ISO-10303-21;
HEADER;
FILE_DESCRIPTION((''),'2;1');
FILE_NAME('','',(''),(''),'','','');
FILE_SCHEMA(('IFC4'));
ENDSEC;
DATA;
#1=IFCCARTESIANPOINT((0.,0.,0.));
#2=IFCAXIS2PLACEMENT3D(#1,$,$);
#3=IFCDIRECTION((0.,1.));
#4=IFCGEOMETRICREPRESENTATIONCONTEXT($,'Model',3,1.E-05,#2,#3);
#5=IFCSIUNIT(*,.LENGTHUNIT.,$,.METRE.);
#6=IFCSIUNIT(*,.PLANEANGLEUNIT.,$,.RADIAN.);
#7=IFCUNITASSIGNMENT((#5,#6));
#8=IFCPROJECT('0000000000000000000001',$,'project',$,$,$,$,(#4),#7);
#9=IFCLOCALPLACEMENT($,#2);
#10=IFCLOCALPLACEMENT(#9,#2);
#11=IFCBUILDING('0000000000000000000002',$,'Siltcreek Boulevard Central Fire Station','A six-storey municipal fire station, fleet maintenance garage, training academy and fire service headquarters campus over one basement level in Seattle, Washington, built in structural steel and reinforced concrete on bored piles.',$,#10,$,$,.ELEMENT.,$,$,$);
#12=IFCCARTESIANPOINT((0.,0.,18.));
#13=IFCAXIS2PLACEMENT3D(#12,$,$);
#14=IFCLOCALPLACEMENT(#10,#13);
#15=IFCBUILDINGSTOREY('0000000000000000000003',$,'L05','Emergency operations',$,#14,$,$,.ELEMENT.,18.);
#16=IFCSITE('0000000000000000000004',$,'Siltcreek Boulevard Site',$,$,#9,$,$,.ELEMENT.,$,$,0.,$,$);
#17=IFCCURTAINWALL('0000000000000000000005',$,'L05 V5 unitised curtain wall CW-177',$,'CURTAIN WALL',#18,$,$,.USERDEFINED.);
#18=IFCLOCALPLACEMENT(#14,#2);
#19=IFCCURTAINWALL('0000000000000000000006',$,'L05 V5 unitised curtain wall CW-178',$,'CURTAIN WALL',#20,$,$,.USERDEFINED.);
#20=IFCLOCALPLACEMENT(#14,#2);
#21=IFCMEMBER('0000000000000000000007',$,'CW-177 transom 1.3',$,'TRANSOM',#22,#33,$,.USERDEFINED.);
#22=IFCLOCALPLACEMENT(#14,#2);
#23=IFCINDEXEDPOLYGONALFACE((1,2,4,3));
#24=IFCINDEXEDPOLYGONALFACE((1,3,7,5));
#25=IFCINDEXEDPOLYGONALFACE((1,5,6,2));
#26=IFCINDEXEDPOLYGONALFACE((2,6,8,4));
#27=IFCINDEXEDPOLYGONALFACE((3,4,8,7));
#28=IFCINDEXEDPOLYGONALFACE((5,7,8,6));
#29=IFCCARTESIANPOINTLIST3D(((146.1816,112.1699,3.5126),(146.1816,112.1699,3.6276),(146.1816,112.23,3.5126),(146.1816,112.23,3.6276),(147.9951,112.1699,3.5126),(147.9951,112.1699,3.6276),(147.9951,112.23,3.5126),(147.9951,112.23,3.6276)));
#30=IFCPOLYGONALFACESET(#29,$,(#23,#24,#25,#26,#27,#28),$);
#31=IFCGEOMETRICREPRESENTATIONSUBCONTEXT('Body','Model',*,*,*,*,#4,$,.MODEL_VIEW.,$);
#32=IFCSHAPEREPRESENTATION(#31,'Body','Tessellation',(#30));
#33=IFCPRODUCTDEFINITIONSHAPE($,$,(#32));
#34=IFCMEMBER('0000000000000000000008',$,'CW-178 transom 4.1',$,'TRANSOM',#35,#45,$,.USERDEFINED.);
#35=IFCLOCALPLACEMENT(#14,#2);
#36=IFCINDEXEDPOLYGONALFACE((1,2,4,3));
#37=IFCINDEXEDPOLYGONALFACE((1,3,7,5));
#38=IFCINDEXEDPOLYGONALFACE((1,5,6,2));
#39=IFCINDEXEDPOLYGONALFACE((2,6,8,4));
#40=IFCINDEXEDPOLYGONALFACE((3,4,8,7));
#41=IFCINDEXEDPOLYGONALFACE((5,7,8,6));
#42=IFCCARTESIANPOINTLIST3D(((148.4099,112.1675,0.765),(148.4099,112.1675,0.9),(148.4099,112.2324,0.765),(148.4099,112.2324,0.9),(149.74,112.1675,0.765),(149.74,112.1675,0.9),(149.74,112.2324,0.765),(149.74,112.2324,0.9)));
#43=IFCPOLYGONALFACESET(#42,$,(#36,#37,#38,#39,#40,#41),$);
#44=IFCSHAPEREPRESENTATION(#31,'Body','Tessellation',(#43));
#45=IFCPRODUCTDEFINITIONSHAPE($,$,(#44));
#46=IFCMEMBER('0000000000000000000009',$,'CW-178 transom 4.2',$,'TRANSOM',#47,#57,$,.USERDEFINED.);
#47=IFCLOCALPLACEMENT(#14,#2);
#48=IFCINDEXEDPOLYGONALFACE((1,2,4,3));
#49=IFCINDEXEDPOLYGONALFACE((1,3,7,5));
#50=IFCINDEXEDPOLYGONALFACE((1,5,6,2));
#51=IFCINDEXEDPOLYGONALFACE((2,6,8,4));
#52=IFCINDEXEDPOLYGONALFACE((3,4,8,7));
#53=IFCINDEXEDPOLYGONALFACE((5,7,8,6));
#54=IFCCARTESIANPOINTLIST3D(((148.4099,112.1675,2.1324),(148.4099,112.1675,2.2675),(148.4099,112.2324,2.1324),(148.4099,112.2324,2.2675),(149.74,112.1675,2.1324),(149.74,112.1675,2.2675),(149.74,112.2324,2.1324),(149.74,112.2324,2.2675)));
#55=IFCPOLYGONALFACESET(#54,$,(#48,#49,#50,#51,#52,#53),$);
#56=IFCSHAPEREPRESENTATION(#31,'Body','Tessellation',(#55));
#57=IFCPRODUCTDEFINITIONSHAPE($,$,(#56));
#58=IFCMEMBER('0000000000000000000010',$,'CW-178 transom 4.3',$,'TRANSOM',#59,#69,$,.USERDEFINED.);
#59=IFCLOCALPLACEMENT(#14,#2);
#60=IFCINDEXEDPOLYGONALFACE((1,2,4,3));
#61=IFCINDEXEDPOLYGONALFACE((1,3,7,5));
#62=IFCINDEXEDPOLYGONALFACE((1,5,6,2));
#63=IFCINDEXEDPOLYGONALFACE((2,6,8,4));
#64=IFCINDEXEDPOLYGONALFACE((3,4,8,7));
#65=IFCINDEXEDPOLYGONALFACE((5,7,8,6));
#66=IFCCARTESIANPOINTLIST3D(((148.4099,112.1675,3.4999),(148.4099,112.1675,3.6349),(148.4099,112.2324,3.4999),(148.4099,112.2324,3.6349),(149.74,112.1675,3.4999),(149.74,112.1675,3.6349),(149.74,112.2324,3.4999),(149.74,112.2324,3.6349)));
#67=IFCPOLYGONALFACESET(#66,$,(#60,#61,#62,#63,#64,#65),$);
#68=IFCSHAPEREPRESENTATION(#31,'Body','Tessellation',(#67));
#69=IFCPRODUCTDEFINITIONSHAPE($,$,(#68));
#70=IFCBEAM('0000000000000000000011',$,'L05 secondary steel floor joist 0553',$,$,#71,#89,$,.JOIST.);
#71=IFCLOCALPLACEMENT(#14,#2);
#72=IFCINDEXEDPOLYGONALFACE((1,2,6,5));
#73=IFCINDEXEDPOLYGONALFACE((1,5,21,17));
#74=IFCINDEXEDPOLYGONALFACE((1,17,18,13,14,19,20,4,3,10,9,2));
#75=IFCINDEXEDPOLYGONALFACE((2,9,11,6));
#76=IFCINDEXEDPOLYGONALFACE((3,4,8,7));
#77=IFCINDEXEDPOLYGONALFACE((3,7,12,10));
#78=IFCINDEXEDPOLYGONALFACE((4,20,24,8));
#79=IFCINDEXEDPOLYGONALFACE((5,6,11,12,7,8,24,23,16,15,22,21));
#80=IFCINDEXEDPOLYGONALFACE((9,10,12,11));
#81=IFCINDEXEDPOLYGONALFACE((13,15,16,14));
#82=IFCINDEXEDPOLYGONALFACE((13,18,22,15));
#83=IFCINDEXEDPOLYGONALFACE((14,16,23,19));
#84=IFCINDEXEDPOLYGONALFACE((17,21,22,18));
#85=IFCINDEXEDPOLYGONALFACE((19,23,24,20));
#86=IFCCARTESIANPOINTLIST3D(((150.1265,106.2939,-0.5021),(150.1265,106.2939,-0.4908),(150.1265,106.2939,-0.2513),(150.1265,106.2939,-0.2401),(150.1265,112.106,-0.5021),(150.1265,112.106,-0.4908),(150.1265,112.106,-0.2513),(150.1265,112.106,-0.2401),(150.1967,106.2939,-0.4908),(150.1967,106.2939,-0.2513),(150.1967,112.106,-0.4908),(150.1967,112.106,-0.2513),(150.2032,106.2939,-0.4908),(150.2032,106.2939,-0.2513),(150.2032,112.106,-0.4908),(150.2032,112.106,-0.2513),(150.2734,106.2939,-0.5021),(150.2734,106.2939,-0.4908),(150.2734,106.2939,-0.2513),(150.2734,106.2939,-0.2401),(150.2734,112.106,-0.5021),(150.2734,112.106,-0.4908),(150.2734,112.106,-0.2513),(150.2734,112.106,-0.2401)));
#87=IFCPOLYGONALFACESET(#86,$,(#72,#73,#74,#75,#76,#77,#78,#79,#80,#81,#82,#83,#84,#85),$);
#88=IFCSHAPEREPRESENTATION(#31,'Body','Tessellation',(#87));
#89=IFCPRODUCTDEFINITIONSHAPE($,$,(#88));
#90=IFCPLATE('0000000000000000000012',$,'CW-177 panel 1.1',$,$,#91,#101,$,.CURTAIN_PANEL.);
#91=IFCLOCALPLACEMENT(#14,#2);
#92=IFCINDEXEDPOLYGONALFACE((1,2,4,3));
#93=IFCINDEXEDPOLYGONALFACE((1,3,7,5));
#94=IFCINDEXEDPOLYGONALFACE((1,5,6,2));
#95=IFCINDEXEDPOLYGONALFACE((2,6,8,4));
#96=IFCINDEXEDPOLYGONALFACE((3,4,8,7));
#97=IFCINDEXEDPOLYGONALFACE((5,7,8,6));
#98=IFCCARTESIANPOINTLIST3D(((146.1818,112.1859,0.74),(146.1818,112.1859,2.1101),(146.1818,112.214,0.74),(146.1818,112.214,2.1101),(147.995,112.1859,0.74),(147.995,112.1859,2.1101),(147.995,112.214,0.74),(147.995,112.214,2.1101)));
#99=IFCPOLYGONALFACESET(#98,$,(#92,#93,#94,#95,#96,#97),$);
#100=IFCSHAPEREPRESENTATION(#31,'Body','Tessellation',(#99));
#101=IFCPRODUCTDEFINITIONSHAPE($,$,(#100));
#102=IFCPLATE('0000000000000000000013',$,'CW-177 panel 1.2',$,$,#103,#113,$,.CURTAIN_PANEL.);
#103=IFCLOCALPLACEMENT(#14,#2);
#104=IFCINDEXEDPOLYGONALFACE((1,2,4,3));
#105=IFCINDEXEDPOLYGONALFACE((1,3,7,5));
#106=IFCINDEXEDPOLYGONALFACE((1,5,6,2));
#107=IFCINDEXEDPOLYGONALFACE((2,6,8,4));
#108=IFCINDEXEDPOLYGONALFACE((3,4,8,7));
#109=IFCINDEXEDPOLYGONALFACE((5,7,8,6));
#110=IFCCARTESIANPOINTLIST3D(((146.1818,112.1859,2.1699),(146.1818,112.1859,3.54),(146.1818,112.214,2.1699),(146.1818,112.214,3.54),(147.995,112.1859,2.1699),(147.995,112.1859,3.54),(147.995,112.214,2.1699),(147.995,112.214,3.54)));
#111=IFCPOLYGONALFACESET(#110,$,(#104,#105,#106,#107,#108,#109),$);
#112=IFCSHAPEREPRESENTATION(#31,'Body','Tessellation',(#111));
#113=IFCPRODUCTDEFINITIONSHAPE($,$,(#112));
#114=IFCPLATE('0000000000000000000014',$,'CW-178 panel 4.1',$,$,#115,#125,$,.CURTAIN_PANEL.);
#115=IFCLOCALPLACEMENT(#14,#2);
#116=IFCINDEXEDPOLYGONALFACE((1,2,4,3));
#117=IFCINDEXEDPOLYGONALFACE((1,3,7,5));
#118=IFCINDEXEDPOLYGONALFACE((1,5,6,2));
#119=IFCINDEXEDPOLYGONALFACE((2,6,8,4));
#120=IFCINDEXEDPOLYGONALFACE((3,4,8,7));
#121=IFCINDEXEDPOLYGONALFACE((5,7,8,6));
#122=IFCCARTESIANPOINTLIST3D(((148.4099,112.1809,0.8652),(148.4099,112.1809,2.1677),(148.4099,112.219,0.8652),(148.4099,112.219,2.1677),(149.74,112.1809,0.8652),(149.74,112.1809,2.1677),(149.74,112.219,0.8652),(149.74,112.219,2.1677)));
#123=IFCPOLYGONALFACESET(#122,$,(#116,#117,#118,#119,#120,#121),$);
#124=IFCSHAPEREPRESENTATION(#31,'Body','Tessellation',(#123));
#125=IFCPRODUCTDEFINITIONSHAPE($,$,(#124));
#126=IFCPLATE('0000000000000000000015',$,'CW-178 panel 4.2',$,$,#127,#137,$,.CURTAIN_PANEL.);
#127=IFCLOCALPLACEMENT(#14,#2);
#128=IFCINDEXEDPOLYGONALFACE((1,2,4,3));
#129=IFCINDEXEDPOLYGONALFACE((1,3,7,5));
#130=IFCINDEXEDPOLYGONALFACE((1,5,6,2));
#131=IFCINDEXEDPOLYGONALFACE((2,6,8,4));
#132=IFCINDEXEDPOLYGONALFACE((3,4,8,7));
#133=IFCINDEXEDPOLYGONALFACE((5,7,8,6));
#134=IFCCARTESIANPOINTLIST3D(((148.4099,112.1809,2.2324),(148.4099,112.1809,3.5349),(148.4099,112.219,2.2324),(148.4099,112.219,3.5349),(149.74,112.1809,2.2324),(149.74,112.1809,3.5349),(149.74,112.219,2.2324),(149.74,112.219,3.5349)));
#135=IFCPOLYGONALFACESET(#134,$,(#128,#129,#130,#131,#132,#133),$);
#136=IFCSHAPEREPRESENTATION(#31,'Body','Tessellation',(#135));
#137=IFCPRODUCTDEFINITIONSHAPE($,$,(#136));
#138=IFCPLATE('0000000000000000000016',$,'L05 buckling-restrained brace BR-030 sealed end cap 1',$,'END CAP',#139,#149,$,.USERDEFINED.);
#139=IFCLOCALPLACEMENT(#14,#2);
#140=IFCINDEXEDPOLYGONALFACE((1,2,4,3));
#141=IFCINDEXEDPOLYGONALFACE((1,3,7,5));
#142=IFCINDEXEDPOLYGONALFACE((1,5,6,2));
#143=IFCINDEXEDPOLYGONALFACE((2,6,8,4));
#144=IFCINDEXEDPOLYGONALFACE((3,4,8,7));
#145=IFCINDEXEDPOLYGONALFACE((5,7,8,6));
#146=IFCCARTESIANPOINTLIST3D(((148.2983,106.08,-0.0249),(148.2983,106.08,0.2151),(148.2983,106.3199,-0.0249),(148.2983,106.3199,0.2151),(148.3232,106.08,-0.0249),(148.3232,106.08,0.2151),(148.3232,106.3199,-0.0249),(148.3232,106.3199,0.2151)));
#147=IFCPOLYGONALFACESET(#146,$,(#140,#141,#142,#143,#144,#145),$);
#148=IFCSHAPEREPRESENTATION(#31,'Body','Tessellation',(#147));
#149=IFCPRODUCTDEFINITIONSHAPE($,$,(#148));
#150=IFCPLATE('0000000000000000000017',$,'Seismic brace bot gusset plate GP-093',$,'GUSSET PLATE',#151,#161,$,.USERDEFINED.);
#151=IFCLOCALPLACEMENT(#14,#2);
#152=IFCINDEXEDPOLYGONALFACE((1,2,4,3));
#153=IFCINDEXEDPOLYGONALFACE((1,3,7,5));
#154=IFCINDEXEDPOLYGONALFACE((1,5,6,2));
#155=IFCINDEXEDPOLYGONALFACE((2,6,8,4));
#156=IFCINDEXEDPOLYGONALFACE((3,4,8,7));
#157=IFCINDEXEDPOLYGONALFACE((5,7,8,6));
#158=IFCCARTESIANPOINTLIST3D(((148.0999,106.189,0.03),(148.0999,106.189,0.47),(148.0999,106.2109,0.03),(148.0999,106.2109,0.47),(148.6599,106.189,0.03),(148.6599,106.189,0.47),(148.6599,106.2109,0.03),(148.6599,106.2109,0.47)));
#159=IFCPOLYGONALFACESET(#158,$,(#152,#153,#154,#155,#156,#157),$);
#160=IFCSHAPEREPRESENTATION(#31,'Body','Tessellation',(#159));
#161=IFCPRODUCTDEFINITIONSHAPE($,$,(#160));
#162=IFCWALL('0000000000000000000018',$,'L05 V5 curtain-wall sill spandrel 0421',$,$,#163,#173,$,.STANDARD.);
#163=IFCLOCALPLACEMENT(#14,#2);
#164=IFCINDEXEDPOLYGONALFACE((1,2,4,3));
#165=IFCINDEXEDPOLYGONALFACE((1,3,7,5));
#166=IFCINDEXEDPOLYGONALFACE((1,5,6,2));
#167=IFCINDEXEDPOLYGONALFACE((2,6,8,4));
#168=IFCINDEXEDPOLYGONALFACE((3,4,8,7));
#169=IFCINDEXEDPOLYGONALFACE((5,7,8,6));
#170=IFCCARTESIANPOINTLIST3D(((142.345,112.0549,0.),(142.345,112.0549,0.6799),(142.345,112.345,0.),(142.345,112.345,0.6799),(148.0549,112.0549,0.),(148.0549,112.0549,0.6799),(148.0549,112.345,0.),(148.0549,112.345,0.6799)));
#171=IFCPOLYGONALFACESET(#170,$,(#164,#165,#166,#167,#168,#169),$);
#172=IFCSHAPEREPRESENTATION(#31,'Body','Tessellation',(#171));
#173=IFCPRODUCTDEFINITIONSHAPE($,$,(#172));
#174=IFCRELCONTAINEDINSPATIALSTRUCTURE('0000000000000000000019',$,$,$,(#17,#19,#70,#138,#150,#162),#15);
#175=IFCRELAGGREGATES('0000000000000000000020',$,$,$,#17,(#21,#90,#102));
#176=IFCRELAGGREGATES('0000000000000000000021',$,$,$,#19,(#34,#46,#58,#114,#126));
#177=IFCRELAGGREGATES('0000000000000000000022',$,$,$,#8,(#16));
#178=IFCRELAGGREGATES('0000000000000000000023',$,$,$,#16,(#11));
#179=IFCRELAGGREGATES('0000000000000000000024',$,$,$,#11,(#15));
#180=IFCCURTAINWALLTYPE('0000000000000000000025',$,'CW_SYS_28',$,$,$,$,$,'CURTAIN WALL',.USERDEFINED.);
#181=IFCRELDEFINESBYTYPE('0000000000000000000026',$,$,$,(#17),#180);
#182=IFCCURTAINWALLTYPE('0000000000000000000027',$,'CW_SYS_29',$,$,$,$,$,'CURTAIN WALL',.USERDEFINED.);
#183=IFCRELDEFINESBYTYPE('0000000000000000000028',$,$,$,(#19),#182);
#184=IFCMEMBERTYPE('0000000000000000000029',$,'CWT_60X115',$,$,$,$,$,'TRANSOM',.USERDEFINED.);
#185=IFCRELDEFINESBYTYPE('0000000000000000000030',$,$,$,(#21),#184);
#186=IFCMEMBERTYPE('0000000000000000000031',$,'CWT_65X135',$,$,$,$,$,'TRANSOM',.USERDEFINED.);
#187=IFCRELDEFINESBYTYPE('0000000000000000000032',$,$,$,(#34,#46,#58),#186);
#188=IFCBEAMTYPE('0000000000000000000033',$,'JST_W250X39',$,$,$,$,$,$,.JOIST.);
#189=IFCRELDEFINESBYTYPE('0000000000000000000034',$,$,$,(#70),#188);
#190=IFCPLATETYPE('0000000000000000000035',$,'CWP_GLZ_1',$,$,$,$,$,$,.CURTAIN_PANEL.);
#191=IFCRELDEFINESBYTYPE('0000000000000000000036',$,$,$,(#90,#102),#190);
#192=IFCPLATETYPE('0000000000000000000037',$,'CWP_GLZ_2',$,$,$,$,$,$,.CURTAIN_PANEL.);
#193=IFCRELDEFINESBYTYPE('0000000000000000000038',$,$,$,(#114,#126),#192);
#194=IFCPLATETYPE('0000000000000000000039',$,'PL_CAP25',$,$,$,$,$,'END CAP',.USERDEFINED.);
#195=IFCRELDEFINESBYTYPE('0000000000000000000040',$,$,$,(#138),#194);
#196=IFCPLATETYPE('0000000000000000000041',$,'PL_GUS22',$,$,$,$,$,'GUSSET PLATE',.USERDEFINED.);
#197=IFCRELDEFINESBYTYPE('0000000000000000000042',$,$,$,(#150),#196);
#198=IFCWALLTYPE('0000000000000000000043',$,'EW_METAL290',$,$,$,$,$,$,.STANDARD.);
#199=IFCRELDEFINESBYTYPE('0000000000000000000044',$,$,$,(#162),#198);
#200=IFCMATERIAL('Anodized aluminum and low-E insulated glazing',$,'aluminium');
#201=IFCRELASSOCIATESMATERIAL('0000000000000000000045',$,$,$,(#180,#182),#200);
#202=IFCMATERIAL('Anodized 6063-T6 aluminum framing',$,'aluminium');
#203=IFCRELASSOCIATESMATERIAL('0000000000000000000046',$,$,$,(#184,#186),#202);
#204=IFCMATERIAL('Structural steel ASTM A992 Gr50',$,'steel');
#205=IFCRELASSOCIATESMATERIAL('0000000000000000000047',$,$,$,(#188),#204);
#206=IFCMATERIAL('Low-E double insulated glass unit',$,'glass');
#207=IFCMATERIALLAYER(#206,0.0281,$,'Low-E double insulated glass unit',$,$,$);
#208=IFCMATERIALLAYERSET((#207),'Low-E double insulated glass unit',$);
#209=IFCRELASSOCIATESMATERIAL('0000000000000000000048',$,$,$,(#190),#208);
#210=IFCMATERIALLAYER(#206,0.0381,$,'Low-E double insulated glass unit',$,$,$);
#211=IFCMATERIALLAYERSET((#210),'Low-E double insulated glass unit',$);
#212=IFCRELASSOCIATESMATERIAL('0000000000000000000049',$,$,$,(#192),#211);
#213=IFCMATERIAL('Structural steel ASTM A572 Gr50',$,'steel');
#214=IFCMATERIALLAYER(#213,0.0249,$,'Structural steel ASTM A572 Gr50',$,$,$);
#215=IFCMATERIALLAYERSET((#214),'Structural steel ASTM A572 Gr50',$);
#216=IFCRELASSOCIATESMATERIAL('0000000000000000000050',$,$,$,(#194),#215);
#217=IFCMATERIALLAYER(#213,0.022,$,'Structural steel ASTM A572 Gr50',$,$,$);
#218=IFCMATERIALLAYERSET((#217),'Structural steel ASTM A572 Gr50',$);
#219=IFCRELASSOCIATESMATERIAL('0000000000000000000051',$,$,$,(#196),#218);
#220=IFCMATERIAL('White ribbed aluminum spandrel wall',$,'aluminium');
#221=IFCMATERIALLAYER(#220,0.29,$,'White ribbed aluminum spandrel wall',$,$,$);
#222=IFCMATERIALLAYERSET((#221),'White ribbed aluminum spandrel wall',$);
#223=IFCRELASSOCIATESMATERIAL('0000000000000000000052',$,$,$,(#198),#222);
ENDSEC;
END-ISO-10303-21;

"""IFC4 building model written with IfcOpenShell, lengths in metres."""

from ifc_helpers import new_model, si_unit, direction, frame, frame_2d, origin, origin_2d, place, context, subcontext, project, spatial, rectangle, i_section, extrude, material, layer, layer_set, material_profile, profile_set, type_object, element, aggregate, save


model = new_model("IFC4")

# Units and contexts
model_context = context("Model", 3, precision=1e-05, world=origin(), true_north=direction((0.0, 1.0)))
body_context = subcontext(model_context, "Body", "Model", "MODEL_VIEW")
ifc_project = project(units=[si_unit("LENGTHUNIT", "METRE"), si_unit("PLANEANGLEUNIT", "RADIAN")], contexts=[model_context])

# Site, building, storey
site_placement = place(None, origin())
site = spatial("IfcSite", under=ifc_project, at=site_placement, Name="Siltcreek Boulevard Site", CompositionType="ELEMENT", RefElevation=0.0)
building_placement = place(site_placement, origin())
building = spatial("IfcBuilding", under=site, at=building_placement, Name="Siltcreek Boulevard Central Fire Station", Description="A six-storey municipal fire station, fleet maintenance garage, training academy and fire service headquarters campus over one basement level in Seattle, Washington, built in structural steel and reinforced concrete on bored piles.", CompositionType="ELEMENT")
storey_placement = place(building_placement, frame((0.0, 0.0, 18.0)))
storey = spatial("IfcBuildingStorey", under=building, at=storey_placement, Name="L05", Description="Emergency operations", CompositionType="ELEMENT", Elevation=18.0)

# Shared definitions
ifc_material_1 = material(Name="Structural steel ASTM A992 Gr50", Category="steel")

# Curtain wall
ifc_material_2 = material(Name="Anodized aluminum and low-E insulated glazing", Category="aluminium")
curtain_wall_type_1 = type_object("IfcCurtainWallType", Name="CW_SYS_28", ElementType="CURTAIN WALL", PredefinedType="USERDEFINED", material=ifc_material_2)
curtain_wall_1_placement = place(storey_placement, origin())
curtain_wall_1 = element("IfcCurtainWall", 1, at=curtain_wall_1_placement, inside=storey, type_object=curtain_wall_type_1, Name="L05 V5 unitised curtain wall CW-177", ObjectType="CURTAIN WALL", PredefinedType="USERDEFINED")
ifc_material_3 = material(Name="Anodized 6063-T6 aluminum framing", Category="aluminium")

# Curtain wall
curtain_wall_type_2 = type_object("IfcCurtainWallType", Name="CW_SYS_29", ElementType="CURTAIN WALL", PredefinedType="USERDEFINED", material=ifc_material_2)
curtain_wall_2_placement = place(storey_placement, origin())
curtain_wall_2 = element("IfcCurtainWall", 2, at=curtain_wall_2_placement, inside=storey, type_object=curtain_wall_type_2, Name="L05 V5 unitised curtain wall CW-178", ObjectType="CURTAIN WALL", PredefinedType="USERDEFINED")

# Members
ifc_material_profile_1 = material_profile(ifc_material_3, rectangle(XDim=0.0601, YDim=0.115, at=origin_2d()), Name="TRAN60X115")
ifc_profile_set_1 = profile_set([ifc_material_profile_1], Name="Anodized 6063-T6 aluminum framing")
member_type_1 = type_object("IfcMemberType", Name="CWT_60X115", ElementType="TRANSOM", PredefinedType="USERDEFINED", material=ifc_profile_set_1)
member_1_placement = place(storey_placement, frame((147.9951, 112.2, 3.5701), z_axis=(-1.0, 0.0, 0.0), x_axis=(0.0, -1.0, 0.0)))
member_1 = element("IfcMember", 3, at=member_1_placement, type_object=member_type_1, Name="CW-177 transom 1.3", ObjectType="TRANSOM", PredefinedType="USERDEFINED", context=body_context, shape_type="SweptSolid", body=[
    extrude(rectangle(XDim=0.0601, YDim=0.115, at=origin_2d()), origin(), (0.0, 0.0, 1.0), 1.8135),
])
ifc_material_profile_2 = material_profile(ifc_material_3, rectangle(XDim=0.0649, YDim=0.135, at=origin_2d()), Name="TRAN65X135")
ifc_profile_set_2 = profile_set([ifc_material_profile_2], Name="Anodized 6063-T6 aluminum framing")
member_type_2 = type_object("IfcMemberType", Name="CWT_65X135", ElementType="TRANSOM", PredefinedType="USERDEFINED", material=ifc_profile_set_2)
member_2_placement = place(storey_placement, frame((149.74, 112.2, 0.8325), z_axis=(-1.0, 0.0, 0.0), x_axis=(0.0, -1.0, 0.0)))
member_2 = element("IfcMember", 4, at=member_2_placement, type_object=member_type_2, Name="CW-178 transom 4.1", ObjectType="TRANSOM", PredefinedType="USERDEFINED", context=body_context, shape_type="SweptSolid", body=[
    extrude(rectangle(XDim=0.0649, YDim=0.135, at=origin_2d()), origin(), (0.0, 0.0, 1.0), 1.3301),
])
member_3_placement = place(storey_placement, frame((149.74, 112.2, 2.2), z_axis=(-1.0, 0.0, 0.0), x_axis=(0.0, -1.0, 0.0)))
member_3 = element("IfcMember", 5, at=member_3_placement, type_object=member_type_2, Name="CW-178 transom 4.2", ObjectType="TRANSOM", PredefinedType="USERDEFINED", context=body_context, shape_type="SweptSolid", body=[
    extrude(rectangle(XDim=0.0649, YDim=0.135, at=origin_2d()), origin(), (0.0, 0.0, 1.0), 1.3301),
])
member_4_placement = place(storey_placement, frame((149.74, 112.2, 3.5674), z_axis=(-1.0, 0.0, 0.0), x_axis=(0.0, -1.0, 0.0)))
member_4 = element("IfcMember", 6, at=member_4_placement, type_object=member_type_2, Name="CW-178 transom 4.3", ObjectType="TRANSOM", PredefinedType="USERDEFINED", context=body_context, shape_type="SweptSolid", body=[
    extrude(rectangle(XDim=0.0649, YDim=0.135, at=origin_2d()), origin(), (0.0, 0.0, 1.0), 1.3301),
])

# Beam
ifc_material_profile_3 = material_profile(ifc_material_1, i_section(OverallWidth=0.147, OverallDepth=0.262, WebThickness=0.0066, FlangeThickness=0.0112, at=origin_2d()), Name="W250X39")
ifc_profile_set_3 = profile_set([ifc_material_profile_3], Name="Structural steel ASTM A992 Gr50")
beam_type_1 = type_object("IfcBeamType", Name="JST_W250X39", PredefinedType="JOIST", material=ifc_profile_set_3)
beam_1_placement = place(storey_placement, frame((150.2, 106.2939, -0.3711), z_axis=(0.0, 1.0, 0.0), x_axis=(-1.0, 0.0, 0.0)))
element("IfcBeam", 7, at=beam_1_placement, inside=storey, type_object=beam_type_1, Name="L05 secondary steel floor joist 0553", PredefinedType="JOIST", context=body_context, shape_type="SweptSolid", body=[
    extrude(i_section(OverallWidth=0.147, OverallDepth=0.262, WebThickness=0.0066, FlangeThickness=0.0112, at=origin_2d()), origin(), (0.0, 0.0, 1.0), 5.812),
])

# Plates
ifc_material_4 = material(Name="Low-E double insulated glass unit", Category="glass")
ifc_layer_1 = layer(ifc_material_4, 0.0281, Name="Low-E double insulated glass unit")
ifc_layer_set_1 = layer_set([ifc_layer_1], Name="Low-E double insulated glass unit")
plate_type_1 = type_object("IfcPlateType", Name="CWP_GLZ_1", PredefinedType="CURTAIN_PANEL", material=ifc_layer_set_1)
plate_1_placement = place(storey_placement, frame((147.0884, 112.2, 0.74), z_axis=(0.0, 0.0, 1.0), x_axis=(-1.0, 0.0, 0.0)))
plate_1 = element("IfcPlate", 8, at=plate_1_placement, type_object=plate_type_1, Name="CW-177 panel 1.1", PredefinedType="CURTAIN_PANEL", context=body_context, shape_type="SweptSolid", body=[
    extrude(rectangle(XDim=1.8132, YDim=0.0281, at=origin_2d()), origin(), (0.0, 0.0, 1.0), 1.3701),
])
plate_2_placement = place(storey_placement, frame((147.0884, 112.2, 2.1699), z_axis=(0.0, 0.0, 1.0), x_axis=(-1.0, 0.0, 0.0)))
plate_2 = element("IfcPlate", 9, at=plate_2_placement, type_object=plate_type_1, Name="CW-177 panel 1.2", PredefinedType="CURTAIN_PANEL", context=body_context, shape_type="SweptSolid", body=[
    extrude(rectangle(XDim=1.8132, YDim=0.0281, at=origin_2d()), origin(), (0.0, 0.0, 1.0), 1.3701),
])
aggregate(curtain_wall_1, [member_1, plate_1, plate_2])
ifc_layer_2 = layer(ifc_material_4, 0.0381, Name="Low-E double insulated glass unit")
ifc_layer_set_2 = layer_set([ifc_layer_2], Name="Low-E double insulated glass unit")
plate_type_2 = type_object("IfcPlateType", Name="CWP_GLZ_2", PredefinedType="CURTAIN_PANEL", material=ifc_layer_set_2)
plate_3_placement = place(storey_placement, frame((149.075, 112.2, 0.8652), z_axis=(0.0, 0.0, 1.0), x_axis=(-1.0, 0.0, 0.0)))
plate_3 = element("IfcPlate", 10, at=plate_3_placement, type_object=plate_type_2, Name="CW-178 panel 4.1", PredefinedType="CURTAIN_PANEL", context=body_context, shape_type="SweptSolid", body=[
    extrude(rectangle(XDim=1.3301, YDim=0.0381, at=origin_2d()), origin(), (0.0, 0.0, 1.0), 1.3025),
])
plate_4_placement = place(storey_placement, frame((149.075, 112.2, 2.2324), z_axis=(0.0, 0.0, 1.0), x_axis=(-1.0, 0.0, 0.0)))
plate_4 = element("IfcPlate", 11, at=plate_4_placement, type_object=plate_type_2, Name="CW-178 panel 4.2", PredefinedType="CURTAIN_PANEL", context=body_context, shape_type="SweptSolid", body=[
    extrude(rectangle(XDim=1.3301, YDim=0.0381, at=origin_2d()), origin(), (0.0, 0.0, 1.0), 1.3025),
])
aggregate(curtain_wall_2, [member_2, member_3, member_4, plate_3, plate_4])

# Plates
ifc_material_5 = material(Name="Structural steel ASTM A572 Gr50", Category="steel")
ifc_layer_3 = layer(ifc_material_5, 0.0249, Name="Structural steel ASTM A572 Gr50")
ifc_layer_set_3 = layer_set([ifc_layer_3], Name="Structural steel ASTM A572 Gr50")
plate_type_3 = type_object("IfcPlateType", Name="PL_CAP25", ElementType="END CAP", PredefinedType="USERDEFINED", material=ifc_layer_set_3)
plate_5_placement = place(storey_placement, frame((148.3108, 106.2, -0.0249), z_axis=(0.0, 0.0, 1.0), x_axis=(1.0, 0.0, 0.0)))
element("IfcPlate", 12, at=plate_5_placement, inside=storey, type_object=plate_type_3, Name="L05 buckling-restrained brace BR-030 sealed end cap 1", ObjectType="END CAP", PredefinedType="USERDEFINED", context=body_context, shape_type="SweptSolid", body=[
    extrude(rectangle(XDim=0.0249, YDim=0.24, at=origin_2d()), origin(), (0.0, 0.0, 1.0), 0.24),
])
ifc_layer_4 = layer(ifc_material_5, 0.022, Name="Structural steel ASTM A572 Gr50")
ifc_layer_set_4 = layer_set([ifc_layer_4], Name="Structural steel ASTM A572 Gr50")
plate_type_4 = type_object("IfcPlateType", Name="PL_GUS22", ElementType="GUSSET PLATE", PredefinedType="USERDEFINED", material=ifc_layer_set_4)
plate_6_placement = place(storey_placement, frame((148.3799, 106.2, 0.03), z_axis=(0.0, 0.0, 1.0), x_axis=(1.0, 0.0, 0.0)))
element("IfcPlate", 13, at=plate_6_placement, inside=storey, type_object=plate_type_4, Name="Seismic brace bot gusset plate GP-093", ObjectType="GUSSET PLATE", PredefinedType="USERDEFINED", context=body_context, shape_type="SweptSolid", body=[
    extrude(rectangle(XDim=0.5601, YDim=0.022, at=origin_2d()), origin(), (0.0, 0.0, 1.0), 0.4399),
])

# Wall
ifc_material_6 = material(Name="White ribbed aluminum spandrel wall", Category="aluminium")
ifc_layer_5 = layer(ifc_material_6, 0.29, Name="White ribbed aluminum spandrel wall")
ifc_layer_set_5 = layer_set([ifc_layer_5], Name="White ribbed aluminum spandrel wall")
wall_type_1 = type_object("IfcWallType", Name="EW_METAL290", PredefinedType="STANDARD", material=ifc_layer_set_5)
wall_1_placement = place(storey_placement, frame((148.0549, 112.2, 0.0), z_axis=(0.0, 0.0, 1.0), x_axis=(-1.0, 0.0, 0.0)))
element("IfcWall", 14, at=wall_1_placement, inside=storey, type_object=wall_type_1, Name="L05 V5 curtain-wall sill spandrel 0421", PredefinedType="STANDARD", context=body_context, shape_type="SweptSolid", body=[
    extrude(rectangle(XDim=5.71, YDim=0.29, at=frame_2d((2.855, 0.0))), origin(), (0.0, 0.0, 1.0), 0.6799),
])

save(model, "model.ifc")
